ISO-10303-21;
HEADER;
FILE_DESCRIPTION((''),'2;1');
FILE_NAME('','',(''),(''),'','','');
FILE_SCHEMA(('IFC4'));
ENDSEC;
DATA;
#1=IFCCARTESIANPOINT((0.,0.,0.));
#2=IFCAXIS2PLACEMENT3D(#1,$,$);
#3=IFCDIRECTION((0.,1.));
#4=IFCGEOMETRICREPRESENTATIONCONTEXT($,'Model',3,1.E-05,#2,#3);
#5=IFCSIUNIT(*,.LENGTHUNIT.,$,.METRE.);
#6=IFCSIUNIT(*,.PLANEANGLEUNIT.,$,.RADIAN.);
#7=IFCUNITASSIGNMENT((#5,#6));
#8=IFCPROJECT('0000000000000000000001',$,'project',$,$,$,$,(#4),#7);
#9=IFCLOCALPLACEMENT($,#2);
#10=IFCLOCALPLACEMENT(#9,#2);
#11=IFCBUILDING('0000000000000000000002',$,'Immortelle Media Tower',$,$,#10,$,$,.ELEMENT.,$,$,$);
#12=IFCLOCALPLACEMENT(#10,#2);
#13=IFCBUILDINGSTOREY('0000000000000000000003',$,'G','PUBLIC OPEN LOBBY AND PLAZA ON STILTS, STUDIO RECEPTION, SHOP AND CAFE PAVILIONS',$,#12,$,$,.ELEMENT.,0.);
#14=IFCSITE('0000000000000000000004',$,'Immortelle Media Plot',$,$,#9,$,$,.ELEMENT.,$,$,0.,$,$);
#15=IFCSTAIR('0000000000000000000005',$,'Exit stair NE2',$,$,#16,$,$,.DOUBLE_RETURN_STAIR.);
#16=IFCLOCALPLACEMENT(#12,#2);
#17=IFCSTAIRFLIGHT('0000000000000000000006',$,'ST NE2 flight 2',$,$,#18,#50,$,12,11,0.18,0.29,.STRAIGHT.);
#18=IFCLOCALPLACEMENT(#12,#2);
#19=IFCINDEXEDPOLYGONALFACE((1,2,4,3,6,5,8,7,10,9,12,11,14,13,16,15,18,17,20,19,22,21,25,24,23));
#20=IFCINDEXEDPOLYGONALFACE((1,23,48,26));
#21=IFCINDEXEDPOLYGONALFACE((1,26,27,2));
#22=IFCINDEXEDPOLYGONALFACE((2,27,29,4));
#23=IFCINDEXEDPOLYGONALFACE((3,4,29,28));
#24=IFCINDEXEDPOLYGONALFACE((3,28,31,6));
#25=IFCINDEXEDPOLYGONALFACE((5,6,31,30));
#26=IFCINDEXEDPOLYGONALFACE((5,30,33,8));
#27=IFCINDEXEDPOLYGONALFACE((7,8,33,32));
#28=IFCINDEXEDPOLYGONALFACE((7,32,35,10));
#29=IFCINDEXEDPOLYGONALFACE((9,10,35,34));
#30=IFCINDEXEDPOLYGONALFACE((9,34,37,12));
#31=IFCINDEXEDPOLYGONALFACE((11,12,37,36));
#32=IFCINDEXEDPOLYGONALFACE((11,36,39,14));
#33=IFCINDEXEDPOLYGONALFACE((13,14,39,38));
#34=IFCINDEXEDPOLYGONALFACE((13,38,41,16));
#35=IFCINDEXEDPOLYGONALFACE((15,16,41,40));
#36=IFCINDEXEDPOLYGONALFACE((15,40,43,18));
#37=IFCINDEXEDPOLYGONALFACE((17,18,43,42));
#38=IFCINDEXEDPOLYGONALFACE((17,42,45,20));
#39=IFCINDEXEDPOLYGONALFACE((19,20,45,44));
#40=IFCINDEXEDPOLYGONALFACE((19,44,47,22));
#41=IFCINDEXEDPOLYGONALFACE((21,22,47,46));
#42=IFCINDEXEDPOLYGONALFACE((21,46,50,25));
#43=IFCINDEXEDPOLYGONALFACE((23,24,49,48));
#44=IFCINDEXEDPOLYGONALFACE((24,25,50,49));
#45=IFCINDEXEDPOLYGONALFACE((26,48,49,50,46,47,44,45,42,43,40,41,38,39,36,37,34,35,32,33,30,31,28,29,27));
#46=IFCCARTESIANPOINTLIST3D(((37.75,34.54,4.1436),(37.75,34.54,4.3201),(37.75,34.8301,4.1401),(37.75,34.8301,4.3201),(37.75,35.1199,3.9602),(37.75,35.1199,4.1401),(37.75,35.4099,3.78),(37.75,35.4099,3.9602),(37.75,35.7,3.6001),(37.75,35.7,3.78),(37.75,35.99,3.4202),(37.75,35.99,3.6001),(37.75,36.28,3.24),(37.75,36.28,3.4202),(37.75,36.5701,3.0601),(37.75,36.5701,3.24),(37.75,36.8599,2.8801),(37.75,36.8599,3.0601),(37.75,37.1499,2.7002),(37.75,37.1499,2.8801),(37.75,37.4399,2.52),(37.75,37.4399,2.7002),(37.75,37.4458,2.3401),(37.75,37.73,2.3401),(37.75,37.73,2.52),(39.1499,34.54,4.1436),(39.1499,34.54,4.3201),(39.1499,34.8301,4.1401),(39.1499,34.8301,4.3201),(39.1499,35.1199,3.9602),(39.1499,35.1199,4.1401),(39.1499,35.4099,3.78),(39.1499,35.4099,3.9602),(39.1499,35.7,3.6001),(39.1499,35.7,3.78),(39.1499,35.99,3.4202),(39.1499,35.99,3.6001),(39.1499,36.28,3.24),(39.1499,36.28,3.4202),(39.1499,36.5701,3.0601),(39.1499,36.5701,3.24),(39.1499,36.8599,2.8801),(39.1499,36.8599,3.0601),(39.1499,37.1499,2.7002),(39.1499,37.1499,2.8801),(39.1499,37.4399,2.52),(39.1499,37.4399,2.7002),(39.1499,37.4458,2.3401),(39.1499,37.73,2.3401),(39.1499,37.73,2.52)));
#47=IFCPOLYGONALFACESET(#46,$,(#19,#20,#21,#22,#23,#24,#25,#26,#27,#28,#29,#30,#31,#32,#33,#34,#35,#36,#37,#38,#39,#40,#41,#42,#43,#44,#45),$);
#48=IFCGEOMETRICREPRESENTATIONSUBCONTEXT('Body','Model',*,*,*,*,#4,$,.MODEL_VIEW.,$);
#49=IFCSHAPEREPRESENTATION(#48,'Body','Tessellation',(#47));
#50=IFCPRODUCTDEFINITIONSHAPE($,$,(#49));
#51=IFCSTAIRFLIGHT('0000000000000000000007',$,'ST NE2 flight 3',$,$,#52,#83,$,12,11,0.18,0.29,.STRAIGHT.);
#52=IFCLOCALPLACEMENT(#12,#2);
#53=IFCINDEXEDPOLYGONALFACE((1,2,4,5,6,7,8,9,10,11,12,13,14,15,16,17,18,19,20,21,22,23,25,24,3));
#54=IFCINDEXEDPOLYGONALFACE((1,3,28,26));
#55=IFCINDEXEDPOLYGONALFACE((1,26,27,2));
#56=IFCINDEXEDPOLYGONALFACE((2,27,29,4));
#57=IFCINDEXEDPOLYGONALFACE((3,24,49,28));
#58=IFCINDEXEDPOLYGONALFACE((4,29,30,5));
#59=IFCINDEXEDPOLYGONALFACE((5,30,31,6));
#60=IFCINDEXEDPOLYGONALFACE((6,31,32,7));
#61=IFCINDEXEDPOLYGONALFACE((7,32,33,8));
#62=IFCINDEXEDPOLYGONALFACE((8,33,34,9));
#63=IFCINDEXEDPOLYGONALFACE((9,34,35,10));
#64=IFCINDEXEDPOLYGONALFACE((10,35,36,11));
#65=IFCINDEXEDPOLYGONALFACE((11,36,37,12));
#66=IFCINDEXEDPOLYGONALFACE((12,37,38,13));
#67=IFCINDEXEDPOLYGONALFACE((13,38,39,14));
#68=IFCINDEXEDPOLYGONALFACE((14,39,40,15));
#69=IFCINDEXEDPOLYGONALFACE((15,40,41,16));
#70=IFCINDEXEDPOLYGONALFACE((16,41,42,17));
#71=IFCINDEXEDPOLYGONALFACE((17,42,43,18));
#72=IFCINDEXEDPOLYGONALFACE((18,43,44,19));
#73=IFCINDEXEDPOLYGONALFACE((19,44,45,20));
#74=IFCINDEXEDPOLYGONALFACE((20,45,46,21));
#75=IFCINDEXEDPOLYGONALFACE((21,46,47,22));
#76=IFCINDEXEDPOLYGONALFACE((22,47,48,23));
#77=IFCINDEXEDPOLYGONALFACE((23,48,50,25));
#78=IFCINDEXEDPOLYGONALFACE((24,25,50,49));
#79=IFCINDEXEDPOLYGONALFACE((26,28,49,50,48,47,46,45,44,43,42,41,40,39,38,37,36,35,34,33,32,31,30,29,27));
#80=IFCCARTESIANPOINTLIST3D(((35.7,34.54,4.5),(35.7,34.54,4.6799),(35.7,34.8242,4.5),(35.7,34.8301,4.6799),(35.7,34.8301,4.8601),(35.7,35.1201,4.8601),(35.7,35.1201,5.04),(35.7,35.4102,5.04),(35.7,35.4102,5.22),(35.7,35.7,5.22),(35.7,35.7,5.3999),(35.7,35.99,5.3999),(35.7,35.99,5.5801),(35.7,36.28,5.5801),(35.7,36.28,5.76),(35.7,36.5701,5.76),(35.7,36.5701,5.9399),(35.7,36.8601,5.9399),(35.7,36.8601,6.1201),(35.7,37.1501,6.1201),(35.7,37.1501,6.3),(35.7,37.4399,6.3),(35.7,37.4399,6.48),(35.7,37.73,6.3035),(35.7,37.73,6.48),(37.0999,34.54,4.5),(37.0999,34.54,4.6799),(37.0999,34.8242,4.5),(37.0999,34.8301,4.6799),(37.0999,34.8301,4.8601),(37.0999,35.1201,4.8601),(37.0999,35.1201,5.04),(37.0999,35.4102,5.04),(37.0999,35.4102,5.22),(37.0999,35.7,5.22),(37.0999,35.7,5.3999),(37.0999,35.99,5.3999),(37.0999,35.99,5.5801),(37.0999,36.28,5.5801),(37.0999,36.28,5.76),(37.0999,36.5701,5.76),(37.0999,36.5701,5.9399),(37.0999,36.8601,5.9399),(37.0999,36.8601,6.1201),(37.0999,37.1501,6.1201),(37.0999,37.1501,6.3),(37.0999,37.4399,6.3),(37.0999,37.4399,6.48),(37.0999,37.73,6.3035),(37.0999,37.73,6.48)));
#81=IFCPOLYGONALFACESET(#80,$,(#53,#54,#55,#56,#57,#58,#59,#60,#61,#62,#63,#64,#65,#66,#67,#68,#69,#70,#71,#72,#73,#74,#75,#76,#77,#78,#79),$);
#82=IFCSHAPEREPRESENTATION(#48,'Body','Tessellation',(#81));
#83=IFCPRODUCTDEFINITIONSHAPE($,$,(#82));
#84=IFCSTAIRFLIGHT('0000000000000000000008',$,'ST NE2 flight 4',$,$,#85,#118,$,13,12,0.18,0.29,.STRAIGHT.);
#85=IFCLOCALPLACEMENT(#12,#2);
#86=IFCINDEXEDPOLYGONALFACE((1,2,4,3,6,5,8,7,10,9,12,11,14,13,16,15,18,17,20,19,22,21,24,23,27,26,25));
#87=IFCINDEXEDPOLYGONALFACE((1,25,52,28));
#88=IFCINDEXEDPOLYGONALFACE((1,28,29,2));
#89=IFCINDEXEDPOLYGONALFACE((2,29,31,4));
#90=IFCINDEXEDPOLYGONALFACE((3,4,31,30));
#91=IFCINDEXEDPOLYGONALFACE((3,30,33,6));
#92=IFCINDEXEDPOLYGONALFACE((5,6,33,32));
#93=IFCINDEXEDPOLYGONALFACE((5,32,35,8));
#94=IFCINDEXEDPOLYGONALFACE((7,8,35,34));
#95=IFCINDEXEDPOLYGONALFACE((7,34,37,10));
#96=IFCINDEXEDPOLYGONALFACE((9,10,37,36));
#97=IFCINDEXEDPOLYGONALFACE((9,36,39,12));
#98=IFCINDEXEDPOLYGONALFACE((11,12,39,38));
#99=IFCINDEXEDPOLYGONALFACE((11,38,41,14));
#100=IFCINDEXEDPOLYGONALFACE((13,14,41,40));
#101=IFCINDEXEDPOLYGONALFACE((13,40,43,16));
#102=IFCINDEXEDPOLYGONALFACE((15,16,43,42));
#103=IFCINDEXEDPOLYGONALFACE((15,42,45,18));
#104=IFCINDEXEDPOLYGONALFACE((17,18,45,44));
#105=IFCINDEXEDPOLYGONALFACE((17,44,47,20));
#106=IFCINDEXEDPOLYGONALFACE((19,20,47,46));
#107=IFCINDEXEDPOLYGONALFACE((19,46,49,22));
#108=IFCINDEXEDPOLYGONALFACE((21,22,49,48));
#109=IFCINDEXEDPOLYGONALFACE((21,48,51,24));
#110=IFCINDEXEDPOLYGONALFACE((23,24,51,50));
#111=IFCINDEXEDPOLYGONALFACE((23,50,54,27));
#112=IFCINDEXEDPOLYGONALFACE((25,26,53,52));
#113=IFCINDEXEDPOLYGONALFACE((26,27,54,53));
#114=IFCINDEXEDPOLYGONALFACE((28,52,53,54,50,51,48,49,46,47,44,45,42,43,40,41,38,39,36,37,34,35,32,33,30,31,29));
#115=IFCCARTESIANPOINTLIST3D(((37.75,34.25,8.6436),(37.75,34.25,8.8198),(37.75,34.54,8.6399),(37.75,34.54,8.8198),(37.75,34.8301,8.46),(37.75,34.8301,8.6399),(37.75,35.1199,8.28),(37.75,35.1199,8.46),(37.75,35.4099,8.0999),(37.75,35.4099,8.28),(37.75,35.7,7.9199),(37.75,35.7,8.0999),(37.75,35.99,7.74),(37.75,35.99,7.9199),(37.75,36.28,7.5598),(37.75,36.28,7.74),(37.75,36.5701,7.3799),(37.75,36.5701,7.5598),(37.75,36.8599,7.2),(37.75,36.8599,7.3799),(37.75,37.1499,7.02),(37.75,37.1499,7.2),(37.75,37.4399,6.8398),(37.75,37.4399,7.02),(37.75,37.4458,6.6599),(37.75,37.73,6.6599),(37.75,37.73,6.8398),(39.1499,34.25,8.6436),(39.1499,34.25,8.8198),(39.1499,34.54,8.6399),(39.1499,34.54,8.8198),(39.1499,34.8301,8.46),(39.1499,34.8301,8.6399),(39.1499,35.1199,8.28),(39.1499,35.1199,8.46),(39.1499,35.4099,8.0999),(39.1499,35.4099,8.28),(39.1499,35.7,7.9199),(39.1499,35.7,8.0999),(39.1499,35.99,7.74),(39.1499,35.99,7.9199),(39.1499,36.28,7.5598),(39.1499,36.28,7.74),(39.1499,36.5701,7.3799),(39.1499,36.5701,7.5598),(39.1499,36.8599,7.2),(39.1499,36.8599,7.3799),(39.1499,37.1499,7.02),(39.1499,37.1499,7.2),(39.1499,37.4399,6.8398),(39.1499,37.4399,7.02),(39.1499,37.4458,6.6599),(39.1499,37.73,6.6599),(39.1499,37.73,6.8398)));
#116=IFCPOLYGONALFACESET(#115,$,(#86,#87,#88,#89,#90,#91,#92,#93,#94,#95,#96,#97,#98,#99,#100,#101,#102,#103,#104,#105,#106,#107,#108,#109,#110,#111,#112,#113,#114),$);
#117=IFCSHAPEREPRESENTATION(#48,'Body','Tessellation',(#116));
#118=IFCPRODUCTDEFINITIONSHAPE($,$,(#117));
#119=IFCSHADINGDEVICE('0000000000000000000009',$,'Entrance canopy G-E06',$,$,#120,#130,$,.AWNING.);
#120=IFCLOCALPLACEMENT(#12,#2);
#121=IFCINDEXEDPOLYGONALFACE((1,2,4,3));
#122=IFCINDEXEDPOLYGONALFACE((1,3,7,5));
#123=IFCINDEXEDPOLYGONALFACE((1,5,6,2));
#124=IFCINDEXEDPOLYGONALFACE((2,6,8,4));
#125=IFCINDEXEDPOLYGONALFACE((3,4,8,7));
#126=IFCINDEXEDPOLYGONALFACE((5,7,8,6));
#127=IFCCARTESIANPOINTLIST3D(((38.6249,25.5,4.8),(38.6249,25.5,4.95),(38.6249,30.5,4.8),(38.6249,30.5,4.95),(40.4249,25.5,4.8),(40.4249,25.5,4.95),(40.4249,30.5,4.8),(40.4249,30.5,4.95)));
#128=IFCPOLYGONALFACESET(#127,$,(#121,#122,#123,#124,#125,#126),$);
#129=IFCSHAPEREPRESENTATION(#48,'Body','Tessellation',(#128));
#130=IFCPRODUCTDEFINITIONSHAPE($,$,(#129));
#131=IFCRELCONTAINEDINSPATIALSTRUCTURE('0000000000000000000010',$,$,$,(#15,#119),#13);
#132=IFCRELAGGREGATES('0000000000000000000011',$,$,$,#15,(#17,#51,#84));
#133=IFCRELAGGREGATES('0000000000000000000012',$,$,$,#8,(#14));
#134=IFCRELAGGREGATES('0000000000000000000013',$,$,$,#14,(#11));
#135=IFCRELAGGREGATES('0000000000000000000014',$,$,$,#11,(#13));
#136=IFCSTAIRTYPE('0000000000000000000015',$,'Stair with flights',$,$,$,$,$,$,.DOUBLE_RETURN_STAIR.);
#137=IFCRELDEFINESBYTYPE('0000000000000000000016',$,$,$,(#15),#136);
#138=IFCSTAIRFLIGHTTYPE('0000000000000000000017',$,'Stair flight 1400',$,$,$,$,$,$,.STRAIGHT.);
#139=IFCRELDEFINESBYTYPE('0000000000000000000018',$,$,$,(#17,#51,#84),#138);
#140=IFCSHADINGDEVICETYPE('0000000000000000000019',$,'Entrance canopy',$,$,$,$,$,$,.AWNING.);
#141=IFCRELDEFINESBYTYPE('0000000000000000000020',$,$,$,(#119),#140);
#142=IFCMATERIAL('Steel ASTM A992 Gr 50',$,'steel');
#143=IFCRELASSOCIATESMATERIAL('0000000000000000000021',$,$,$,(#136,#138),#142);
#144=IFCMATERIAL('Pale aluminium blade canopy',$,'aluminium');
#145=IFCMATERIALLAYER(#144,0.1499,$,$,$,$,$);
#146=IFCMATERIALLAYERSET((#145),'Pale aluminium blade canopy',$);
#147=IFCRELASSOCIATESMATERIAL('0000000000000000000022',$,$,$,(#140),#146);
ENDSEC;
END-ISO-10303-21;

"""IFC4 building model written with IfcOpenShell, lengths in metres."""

from ifc_helpers import new_model, si_unit, direction, frame, origin, origin_2d, place, context, subcontext, project, spatial, polyline, rectangle, outline, extrude, material, layer, layer_set, type_object, element, aggregate, save


model = new_model("IFC4")

# Units and contexts
model_context = context("Model", 3, precision=1e-05, world=origin(), true_north=direction((0.0, 1.0)))
body_context = subcontext(model_context, "Body", "Model", "MODEL_VIEW")
ifc_project = project(units=[si_unit("LENGTHUNIT", "METRE"), si_unit("PLANEANGLEUNIT", "RADIAN")], contexts=[model_context])

# Site, building, storey
site_placement = place(None, origin())
site = spatial("IfcSite", under=ifc_project, at=site_placement, Name="Immortelle Media Plot", CompositionType="ELEMENT", RefElevation=0.0)
building_placement = place(site_placement, origin())
building = spatial("IfcBuilding", under=site, at=building_placement, Name="Immortelle Media Tower", CompositionType="ELEMENT")
storey_placement = place(building_placement, origin())
storey = spatial("IfcBuildingStorey", under=building, at=storey_placement, Name="G", Description="PUBLIC OPEN LOBBY AND PLAZA ON STILTS, STUDIO RECEPTION, SHOP AND CAFE PAVILIONS", CompositionType="ELEMENT", Elevation=0.0)

# Shared definitions
ifc_material_1 = material(Name="Steel ASTM A992 Gr 50", Category="steel")

# Stair, stair flights
stair_type = type_object("IfcStairType", Name="Stair with flights", PredefinedType="DOUBLE_RETURN_STAIR", material=ifc_material_1)
stair_flight_type = type_object("IfcStairFlightType", Name="Stair flight 1400", PredefinedType="STRAIGHT", material=ifc_material_1)
stair_1_placement = place(storey_placement, origin())
stair_1 = element("IfcStair", 1, at=stair_1_placement, inside=storey, type_object=stair_type, Name="Exit stair NE2", PredefinedType="DOUBLE_RETURN_STAIR")
stair_flight_1_placement = place(storey_placement, frame((38.45, 37.73, 2.3401), z_axis=(0.0, 0.0, 1.0), x_axis=(0.0, -1.0, 0.0)))
stair_flight_1 = element("IfcStairFlight", 2, at=stair_flight_1_placement, type_object=stair_flight_type, Name="ST NE2 flight 2", NumberOfRisers=12, NumberOfTreads=11, PredefinedType="STRAIGHT", RiserHeight=0.18, TreadLength=0.29, context=body_context, shape_type="SweptSolid", body=[
    extrude(outline(polyline([(0.0, 0.0), (0.0, 0.1799), (0.29, 0.1799), (0.29, 0.3601), (0.5801, 0.3601), (0.5801, 0.54), (0.8701, 0.54), (0.8701, 0.72), (1.1599, 0.72), (1.1599, 0.8999), (1.45, 0.8999), (1.45, 1.0801), (1.74, 1.0801), (1.74, 1.26), (2.03, 1.26), (2.03, 1.4399), (2.3201, 1.4399), (2.3201, 1.6201), (2.6101, 1.6201), (2.6101, 1.8), (2.8999, 1.8), (2.8999, 1.98), (3.1899, 1.98), (3.1899, 2.1599), (3.1899, 1.8035), (0.2842, 0.0), (0.0, 0.0)])), frame((0.0, 0.7, 0.0), z_axis=(0.0, -1.0, 0.0), x_axis=(1.0, 0.0, 0.0)), (0.0, 0.0, 1.0), 1.3999),
])
stair_flight_2_placement = place(storey_placement, frame((36.3999, 34.54, 4.5), z_axis=(0.0, 0.0, 1.0), x_axis=(0.0, 1.0, 0.0)))
stair_flight_2 = element("IfcStairFlight", 3, at=stair_flight_2_placement, type_object=stair_flight_type, Name="ST NE2 flight 3", NumberOfRisers=12, NumberOfTreads=11, PredefinedType="STRAIGHT", RiserHeight=0.18, TreadLength=0.29, context=body_context, shape_type="SweptSolid", body=[
    extrude(outline(polyline([(0.0, 0.0), (0.0, 0.1799), (0.29, 0.1799), (0.29, 0.3601), (0.5801, 0.3601), (0.5801, 0.54), (0.8701, 0.54), (0.8701, 0.72), (1.1599, 0.72), (1.1599, 0.8999), (1.45, 0.8999), (1.45, 1.0801), (1.74, 1.0801), (1.74, 1.26), (2.03, 1.26), (2.03, 1.4399), (2.3201, 1.4399), (2.3201, 1.6201), (2.6101, 1.6201), (2.6101, 1.8), (2.8999, 1.8), (2.8999, 1.98), (3.1899, 1.98), (3.1899, 2.1599), (3.1899, 1.8035), (0.2842, 0.0), (0.0, 0.0)])), frame((0.0, 0.7, 0.0), z_axis=(0.0, -1.0, 0.0), x_axis=(1.0, 0.0, 0.0)), (0.0, 0.0, 1.0), 1.3999),
])
stair_flight_3_placement = place(storey_placement, frame((38.45, 37.73, 6.6599), z_axis=(0.0, 0.0, 1.0), x_axis=(0.0, -1.0, 0.0)))
stair_flight_3 = element("IfcStairFlight", 4, at=stair_flight_3_placement, type_object=stair_flight_type, Name="ST NE2 flight 4", NumberOfRisers=13, NumberOfTreads=12, PredefinedType="STRAIGHT", RiserHeight=0.18, TreadLength=0.29, context=body_context, shape_type="SweptSolid", body=[
    extrude(outline(polyline([(0.0, 0.0), (0.0, 0.1799), (0.29, 0.1799), (0.29, 0.3601), (0.5801, 0.3601), (0.5801, 0.54), (0.8701, 0.54), (0.8701, 0.72), (1.1599, 0.72), (1.1599, 0.8999), (1.45, 0.8999), (1.45, 1.0801), (1.74, 1.0801), (1.74, 1.26), (2.03, 1.26), (2.03, 1.4399), (2.3201, 1.4399), (2.3201, 1.6201), (2.6101, 1.6201), (2.6101, 1.8), (2.8999, 1.8), (2.8999, 1.98), (3.1899, 1.98), (3.1899, 2.1599), (3.48, 2.1599), (3.48, 2.3401), (3.48, 1.9836), (0.2842, 0.0), (0.0, 0.0)])), frame((0.0, 0.7, 0.0), z_axis=(0.0, -1.0, 0.0), x_axis=(1.0, 0.0, 0.0)), (0.0, 0.0, 1.0), 1.3999),
])
aggregate(stair_1, [stair_flight_1, stair_flight_2, stair_flight_3])

# Shading device
ifc_material_2 = material(Name="Pale aluminium blade canopy", Category="aluminium")
ifc_layer_1 = layer(ifc_material_2, 0.1499)
ifc_layer_set_1 = layer_set([ifc_layer_1], Name="Pale aluminium blade canopy")
shading_device_type = type_object("IfcShadingDeviceType", Name="Entrance canopy", PredefinedType="AWNING", material=ifc_layer_set_1)
shading_device_placement = place(storey_placement, frame((39.5249, 28.0, 4.8), z_axis=(0.0, 0.0, 1.0), x_axis=(1.0, 0.0, 0.0)))
element("IfcShadingDevice", 5, at=shading_device_placement, inside=storey, type_object=shading_device_type, Name="Entrance canopy G-E06", PredefinedType="AWNING", context=body_context, shape_type="SweptSolid", body=[
    extrude(rectangle(XDim=1.8, YDim=5.0, at=origin_2d()), origin(), (0.0, 0.0, 1.0), 0.1499),
])

save(model, "model.ifc")
